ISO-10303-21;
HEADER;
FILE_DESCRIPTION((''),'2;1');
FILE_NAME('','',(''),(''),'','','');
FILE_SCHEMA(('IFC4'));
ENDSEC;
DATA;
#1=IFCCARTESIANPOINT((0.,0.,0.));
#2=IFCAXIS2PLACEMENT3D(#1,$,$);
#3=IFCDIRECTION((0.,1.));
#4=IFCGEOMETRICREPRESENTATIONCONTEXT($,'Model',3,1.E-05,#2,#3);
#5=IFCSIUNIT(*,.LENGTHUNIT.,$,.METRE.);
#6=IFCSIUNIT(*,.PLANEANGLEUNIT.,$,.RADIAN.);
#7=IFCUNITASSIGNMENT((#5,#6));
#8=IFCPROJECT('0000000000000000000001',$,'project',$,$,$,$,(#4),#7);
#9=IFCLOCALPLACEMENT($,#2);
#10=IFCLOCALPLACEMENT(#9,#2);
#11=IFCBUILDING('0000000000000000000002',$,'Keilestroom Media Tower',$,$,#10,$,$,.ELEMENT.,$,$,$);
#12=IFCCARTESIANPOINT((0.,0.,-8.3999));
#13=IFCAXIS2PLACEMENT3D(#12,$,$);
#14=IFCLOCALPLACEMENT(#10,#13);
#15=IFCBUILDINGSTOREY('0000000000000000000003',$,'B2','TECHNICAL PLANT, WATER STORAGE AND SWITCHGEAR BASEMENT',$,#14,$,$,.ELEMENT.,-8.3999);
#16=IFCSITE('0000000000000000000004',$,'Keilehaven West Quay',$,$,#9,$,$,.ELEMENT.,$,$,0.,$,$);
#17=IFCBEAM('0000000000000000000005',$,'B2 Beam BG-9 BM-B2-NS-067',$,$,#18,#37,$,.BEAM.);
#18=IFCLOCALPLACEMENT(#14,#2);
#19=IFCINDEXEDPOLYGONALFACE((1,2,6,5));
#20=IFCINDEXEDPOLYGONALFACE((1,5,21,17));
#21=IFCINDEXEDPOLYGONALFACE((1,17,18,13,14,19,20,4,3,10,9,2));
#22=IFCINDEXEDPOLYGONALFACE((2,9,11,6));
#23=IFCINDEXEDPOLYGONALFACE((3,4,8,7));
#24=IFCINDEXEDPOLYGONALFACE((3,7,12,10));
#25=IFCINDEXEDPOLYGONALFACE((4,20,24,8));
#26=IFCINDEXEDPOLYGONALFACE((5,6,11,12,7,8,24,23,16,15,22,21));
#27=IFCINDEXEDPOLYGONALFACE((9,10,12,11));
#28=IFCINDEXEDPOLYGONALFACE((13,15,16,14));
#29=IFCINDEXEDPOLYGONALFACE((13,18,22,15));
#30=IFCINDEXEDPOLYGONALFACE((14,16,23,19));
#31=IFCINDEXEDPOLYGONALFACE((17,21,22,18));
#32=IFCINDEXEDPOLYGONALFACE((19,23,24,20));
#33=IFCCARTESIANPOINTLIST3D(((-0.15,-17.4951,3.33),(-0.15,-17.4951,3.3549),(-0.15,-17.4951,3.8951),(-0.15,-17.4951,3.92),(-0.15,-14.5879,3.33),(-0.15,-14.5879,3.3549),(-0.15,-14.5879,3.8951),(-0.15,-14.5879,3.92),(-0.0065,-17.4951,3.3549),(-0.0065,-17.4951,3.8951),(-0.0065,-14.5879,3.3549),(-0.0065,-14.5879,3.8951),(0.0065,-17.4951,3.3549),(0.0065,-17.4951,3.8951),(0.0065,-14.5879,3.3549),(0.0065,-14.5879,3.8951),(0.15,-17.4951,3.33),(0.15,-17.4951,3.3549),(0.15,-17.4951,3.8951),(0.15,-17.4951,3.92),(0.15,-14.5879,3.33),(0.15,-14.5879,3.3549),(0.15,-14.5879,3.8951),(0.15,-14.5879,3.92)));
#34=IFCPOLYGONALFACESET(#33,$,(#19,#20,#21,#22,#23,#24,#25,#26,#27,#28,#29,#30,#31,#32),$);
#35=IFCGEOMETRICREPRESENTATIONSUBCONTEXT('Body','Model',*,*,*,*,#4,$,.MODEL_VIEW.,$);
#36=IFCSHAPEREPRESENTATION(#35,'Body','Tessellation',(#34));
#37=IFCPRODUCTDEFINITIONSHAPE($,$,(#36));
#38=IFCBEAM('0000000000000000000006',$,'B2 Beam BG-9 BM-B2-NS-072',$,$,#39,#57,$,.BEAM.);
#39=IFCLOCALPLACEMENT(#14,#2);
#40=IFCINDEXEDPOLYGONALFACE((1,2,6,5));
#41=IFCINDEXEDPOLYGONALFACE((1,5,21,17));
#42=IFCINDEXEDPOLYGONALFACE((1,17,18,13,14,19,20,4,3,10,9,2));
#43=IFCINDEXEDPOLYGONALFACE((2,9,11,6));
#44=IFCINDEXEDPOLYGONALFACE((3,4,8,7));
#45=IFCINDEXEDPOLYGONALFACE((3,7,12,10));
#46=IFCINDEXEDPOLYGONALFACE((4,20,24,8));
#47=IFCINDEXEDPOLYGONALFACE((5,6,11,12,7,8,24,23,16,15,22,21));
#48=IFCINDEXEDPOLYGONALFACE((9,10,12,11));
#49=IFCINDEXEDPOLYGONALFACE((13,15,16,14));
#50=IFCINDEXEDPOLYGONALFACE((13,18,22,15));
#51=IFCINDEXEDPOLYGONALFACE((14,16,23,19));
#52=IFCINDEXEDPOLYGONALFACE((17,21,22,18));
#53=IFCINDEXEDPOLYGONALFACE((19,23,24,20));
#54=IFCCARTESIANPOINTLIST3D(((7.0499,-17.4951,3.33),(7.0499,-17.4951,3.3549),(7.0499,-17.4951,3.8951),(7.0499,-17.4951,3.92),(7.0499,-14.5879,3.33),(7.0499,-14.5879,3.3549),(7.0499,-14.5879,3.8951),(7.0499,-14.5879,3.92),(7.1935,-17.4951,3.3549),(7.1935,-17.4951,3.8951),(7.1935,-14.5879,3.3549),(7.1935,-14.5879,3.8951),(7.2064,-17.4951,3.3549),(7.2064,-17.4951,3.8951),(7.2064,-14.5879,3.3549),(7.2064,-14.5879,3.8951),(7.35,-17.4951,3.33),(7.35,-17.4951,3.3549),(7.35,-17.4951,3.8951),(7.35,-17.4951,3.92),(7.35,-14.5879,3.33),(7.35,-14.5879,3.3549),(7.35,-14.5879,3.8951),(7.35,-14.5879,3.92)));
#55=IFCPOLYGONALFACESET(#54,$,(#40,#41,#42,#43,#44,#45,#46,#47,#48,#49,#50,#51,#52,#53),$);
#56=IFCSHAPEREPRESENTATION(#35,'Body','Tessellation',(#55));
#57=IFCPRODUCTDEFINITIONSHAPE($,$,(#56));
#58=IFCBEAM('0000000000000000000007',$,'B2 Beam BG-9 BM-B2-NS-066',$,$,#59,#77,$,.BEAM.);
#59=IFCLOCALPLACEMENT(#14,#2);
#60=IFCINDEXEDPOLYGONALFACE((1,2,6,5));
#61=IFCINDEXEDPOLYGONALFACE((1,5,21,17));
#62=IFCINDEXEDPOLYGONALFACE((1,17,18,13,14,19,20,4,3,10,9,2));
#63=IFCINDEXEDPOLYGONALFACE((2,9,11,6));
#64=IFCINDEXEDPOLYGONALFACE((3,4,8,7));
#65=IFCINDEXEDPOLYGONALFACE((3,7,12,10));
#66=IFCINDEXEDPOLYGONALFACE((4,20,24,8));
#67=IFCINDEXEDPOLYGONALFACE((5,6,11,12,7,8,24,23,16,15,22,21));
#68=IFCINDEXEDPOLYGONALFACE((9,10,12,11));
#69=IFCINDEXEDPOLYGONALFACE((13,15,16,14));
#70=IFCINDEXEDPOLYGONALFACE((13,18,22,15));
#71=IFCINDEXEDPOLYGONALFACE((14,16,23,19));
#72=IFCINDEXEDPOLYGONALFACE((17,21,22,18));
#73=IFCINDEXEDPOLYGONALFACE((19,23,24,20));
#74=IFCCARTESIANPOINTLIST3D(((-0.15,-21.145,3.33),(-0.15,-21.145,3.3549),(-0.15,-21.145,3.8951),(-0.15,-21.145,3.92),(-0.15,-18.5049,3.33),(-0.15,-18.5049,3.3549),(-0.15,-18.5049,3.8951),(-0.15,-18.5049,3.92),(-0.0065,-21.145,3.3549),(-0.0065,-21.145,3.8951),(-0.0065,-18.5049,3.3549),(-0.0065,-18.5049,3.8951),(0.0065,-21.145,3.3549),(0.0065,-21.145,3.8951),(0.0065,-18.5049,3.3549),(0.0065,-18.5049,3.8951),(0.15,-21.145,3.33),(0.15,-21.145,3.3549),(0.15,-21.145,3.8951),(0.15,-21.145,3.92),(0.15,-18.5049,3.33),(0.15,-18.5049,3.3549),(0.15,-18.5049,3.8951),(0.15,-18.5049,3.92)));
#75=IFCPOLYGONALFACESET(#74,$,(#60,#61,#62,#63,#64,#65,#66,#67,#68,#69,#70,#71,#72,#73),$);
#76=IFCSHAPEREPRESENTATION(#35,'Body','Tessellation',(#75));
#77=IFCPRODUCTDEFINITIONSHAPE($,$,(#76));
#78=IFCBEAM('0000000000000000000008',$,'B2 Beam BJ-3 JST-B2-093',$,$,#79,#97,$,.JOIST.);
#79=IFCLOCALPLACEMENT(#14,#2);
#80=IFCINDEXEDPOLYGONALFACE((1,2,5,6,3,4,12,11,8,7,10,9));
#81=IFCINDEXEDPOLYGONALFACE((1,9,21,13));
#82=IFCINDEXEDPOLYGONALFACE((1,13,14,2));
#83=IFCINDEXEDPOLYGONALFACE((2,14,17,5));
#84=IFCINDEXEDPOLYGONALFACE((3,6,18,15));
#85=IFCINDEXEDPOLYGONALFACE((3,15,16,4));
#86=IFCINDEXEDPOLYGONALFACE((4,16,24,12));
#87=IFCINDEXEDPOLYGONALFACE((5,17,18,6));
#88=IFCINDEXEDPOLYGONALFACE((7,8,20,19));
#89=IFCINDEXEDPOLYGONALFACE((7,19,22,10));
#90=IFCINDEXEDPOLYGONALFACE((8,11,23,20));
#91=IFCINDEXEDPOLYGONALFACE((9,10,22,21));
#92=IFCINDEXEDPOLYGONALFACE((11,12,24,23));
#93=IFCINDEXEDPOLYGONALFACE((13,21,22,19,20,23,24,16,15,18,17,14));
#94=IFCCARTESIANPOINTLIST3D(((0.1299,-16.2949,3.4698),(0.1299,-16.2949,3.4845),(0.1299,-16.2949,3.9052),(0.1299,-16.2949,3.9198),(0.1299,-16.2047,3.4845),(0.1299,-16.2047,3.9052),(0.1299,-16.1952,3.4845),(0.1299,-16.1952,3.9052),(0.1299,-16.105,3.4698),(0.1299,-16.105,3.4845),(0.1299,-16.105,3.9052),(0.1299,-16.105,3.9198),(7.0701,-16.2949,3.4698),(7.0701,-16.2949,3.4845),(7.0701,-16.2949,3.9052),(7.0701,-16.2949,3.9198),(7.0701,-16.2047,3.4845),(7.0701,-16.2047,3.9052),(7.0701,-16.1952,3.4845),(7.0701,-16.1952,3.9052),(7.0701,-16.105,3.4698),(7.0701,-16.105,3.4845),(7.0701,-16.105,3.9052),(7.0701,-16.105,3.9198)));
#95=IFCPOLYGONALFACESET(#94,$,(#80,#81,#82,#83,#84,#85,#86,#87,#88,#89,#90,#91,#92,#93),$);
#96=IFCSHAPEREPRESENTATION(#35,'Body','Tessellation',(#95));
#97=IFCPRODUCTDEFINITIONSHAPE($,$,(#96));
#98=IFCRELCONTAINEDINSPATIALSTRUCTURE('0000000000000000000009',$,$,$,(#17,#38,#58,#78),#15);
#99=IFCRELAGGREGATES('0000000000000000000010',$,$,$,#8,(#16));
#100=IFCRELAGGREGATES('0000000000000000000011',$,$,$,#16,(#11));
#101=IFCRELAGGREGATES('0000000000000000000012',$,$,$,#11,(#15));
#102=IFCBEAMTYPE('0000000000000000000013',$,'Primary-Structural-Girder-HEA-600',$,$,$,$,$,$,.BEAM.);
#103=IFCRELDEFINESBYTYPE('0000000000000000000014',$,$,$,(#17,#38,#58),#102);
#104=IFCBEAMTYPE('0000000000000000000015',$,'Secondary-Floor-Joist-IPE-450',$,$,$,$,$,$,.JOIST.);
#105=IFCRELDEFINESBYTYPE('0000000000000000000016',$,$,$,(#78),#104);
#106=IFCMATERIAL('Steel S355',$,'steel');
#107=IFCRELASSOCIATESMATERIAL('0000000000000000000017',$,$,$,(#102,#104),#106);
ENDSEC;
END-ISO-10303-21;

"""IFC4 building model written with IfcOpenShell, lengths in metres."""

from ifc_helpers import new_model, si_unit, direction, frame, origin, origin_2d, place, context, subcontext, project, spatial, i_section, extrude, source, transform, mapped, material, material_profile, profile_set, type_object, element, save


model = new_model("IFC4")

# Units and contexts
model_context = context("Model", 3, precision=1e-05, world=origin(), true_north=direction((0.0, 1.0)))
body_context = subcontext(model_context, "Body", "Model", "MODEL_VIEW")
ifc_project = project(units=[si_unit("LENGTHUNIT", "METRE"), si_unit("PLANEANGLEUNIT", "RADIAN")], contexts=[model_context])

# Site, building, storey
site_placement = place(None, origin())
site = spatial("IfcSite", under=ifc_project, at=site_placement, Name="Keilehaven West Quay", CompositionType="ELEMENT", RefElevation=0.0)
building_placement = place(site_placement, origin())
building = spatial("IfcBuilding", under=site, at=building_placement, Name="Keilestroom Media Tower", CompositionType="ELEMENT")
storey_placement = place(building_placement, frame((0.0, 0.0, -8.3999)))
storey = spatial("IfcBuildingStorey", under=building, at=storey_placement, Name="B2", Description="TECHNICAL PLANT, WATER STORAGE AND SWITCHGEAR BASEMENT", CompositionType="ELEMENT", Elevation=-8.3999)

# Beams
ifc_material_1 = material(Name="Steel S355", Category="steel")
ifc_material_profile_1 = material_profile(ifc_material_1, i_section(OverallWidth=0.3, OverallDepth=0.5901, WebThickness=0.0129, FlangeThickness=0.0249, at=origin_2d()), Name="HEA 600")
ifc_profile_set_1 = profile_set([ifc_material_profile_1], Name="Steel S355")
beam_type_1 = type_object("IfcBeamType", Name="Primary-Structural-Girder-HEA-600", PredefinedType="BEAM", material=ifc_profile_set_1)
shared_shape_1 = source(origin(), body_context, "Body", "SweptSolid", [
    extrude(i_section(OverallWidth=0.3, OverallDepth=0.5901, WebThickness=0.0129, FlangeThickness=0.0249, at=origin_2d()), origin(), (0.0, 0.0, 1.0), 2.9072),
])
for number, where, z_axis, x_axis, name in (
    (1, (0.0, -17.4951, 3.625), (0.0, 1.0, 0.0), (-1.0, 0.0, 0.0), "B2 Beam BG-9 BM-B2-NS-067"),
    (2, (7.2, -17.4951, 3.625), (0.0, 1.0, 0.0), (-1.0, 0.0, 0.0), "B2 Beam BG-9 BM-B2-NS-072"),
):
    element("IfcBeam", number, at=place(storey_placement, frame(where, z_axis=z_axis, x_axis=x_axis)), inside=storey, type_object=beam_type_1, Name=name, PredefinedType="BEAM", context=body_context, shape_type="MappedRepresentation", body=[
        mapped(shared_shape_1, transform((0.0, 0.0, 0.0), x_axis=(1.0, 0.0, 0.0), y_axis=(0.0, 1.0, 0.0), z_axis=(0.0, 0.0, 1.0), scale=1.0)),
    ])
shared_shape_2 = source(origin(), body_context, "Body", "SweptSolid", [
    extrude(i_section(OverallWidth=0.3, OverallDepth=0.5901, WebThickness=0.0129, FlangeThickness=0.0249, at=origin_2d()), origin(), (0.0, 0.0, 1.0), 2.6401),
])
beam_1_placement = place(storey_placement, frame((0.0, -21.145, 3.625), z_axis=(0.0, 1.0, 0.0), x_axis=(-1.0, 0.0, 0.0)))
element("IfcBeam", 3, at=beam_1_placement, inside=storey, type_object=beam_type_1, Name="B2 Beam BG-9 BM-B2-NS-066", PredefinedType="BEAM", context=body_context, shape_type="MappedRepresentation", body=[
    mapped(shared_shape_2, transform((0.0, 0.0, 0.0), x_axis=(1.0, 0.0, 0.0), y_axis=(0.0, 1.0, 0.0), z_axis=(0.0, 0.0, 1.0), scale=1.0)),
])
ifc_material_profile_2 = material_profile(ifc_material_1, i_section(OverallWidth=0.1899, OverallDepth=0.45, WebThickness=0.0095, FlangeThickness=0.0146, at=origin_2d()), Name="IPE 450")
ifc_profile_set_2 = profile_set([ifc_material_profile_2], Name="Steel S355")
beam_type_2 = type_object("IfcBeamType", Name="Secondary-Floor-Joist-IPE-450", PredefinedType="JOIST", material=ifc_profile_set_2)
shared_shape_3 = source(origin(), body_context, "Body", "SweptSolid", [
    extrude(i_section(OverallWidth=0.1899, OverallDepth=0.45, WebThickness=0.0095, FlangeThickness=0.0146, at=origin_2d()), origin(), (0.0, 0.0, 1.0), 6.9402),
])
beam_2_placement = place(storey_placement, frame((0.1299, -16.2, 3.6948), z_axis=(1.0, 0.0, 0.0), x_axis=(0.0, 1.0, 0.0)))
element("IfcBeam", 4, at=beam_2_placement, inside=storey, type_object=beam_type_2, Name="B2 Beam BJ-3 JST-B2-093", PredefinedType="JOIST", context=body_context, shape_type="MappedRepresentation", body=[
    mapped(shared_shape_3, transform((0.0, 0.0, 0.0), x_axis=(1.0, 0.0, 0.0), y_axis=(0.0, 1.0, 0.0), z_axis=(0.0, 0.0, 1.0), scale=1.0)),
])

save(model, "model.ifc")
